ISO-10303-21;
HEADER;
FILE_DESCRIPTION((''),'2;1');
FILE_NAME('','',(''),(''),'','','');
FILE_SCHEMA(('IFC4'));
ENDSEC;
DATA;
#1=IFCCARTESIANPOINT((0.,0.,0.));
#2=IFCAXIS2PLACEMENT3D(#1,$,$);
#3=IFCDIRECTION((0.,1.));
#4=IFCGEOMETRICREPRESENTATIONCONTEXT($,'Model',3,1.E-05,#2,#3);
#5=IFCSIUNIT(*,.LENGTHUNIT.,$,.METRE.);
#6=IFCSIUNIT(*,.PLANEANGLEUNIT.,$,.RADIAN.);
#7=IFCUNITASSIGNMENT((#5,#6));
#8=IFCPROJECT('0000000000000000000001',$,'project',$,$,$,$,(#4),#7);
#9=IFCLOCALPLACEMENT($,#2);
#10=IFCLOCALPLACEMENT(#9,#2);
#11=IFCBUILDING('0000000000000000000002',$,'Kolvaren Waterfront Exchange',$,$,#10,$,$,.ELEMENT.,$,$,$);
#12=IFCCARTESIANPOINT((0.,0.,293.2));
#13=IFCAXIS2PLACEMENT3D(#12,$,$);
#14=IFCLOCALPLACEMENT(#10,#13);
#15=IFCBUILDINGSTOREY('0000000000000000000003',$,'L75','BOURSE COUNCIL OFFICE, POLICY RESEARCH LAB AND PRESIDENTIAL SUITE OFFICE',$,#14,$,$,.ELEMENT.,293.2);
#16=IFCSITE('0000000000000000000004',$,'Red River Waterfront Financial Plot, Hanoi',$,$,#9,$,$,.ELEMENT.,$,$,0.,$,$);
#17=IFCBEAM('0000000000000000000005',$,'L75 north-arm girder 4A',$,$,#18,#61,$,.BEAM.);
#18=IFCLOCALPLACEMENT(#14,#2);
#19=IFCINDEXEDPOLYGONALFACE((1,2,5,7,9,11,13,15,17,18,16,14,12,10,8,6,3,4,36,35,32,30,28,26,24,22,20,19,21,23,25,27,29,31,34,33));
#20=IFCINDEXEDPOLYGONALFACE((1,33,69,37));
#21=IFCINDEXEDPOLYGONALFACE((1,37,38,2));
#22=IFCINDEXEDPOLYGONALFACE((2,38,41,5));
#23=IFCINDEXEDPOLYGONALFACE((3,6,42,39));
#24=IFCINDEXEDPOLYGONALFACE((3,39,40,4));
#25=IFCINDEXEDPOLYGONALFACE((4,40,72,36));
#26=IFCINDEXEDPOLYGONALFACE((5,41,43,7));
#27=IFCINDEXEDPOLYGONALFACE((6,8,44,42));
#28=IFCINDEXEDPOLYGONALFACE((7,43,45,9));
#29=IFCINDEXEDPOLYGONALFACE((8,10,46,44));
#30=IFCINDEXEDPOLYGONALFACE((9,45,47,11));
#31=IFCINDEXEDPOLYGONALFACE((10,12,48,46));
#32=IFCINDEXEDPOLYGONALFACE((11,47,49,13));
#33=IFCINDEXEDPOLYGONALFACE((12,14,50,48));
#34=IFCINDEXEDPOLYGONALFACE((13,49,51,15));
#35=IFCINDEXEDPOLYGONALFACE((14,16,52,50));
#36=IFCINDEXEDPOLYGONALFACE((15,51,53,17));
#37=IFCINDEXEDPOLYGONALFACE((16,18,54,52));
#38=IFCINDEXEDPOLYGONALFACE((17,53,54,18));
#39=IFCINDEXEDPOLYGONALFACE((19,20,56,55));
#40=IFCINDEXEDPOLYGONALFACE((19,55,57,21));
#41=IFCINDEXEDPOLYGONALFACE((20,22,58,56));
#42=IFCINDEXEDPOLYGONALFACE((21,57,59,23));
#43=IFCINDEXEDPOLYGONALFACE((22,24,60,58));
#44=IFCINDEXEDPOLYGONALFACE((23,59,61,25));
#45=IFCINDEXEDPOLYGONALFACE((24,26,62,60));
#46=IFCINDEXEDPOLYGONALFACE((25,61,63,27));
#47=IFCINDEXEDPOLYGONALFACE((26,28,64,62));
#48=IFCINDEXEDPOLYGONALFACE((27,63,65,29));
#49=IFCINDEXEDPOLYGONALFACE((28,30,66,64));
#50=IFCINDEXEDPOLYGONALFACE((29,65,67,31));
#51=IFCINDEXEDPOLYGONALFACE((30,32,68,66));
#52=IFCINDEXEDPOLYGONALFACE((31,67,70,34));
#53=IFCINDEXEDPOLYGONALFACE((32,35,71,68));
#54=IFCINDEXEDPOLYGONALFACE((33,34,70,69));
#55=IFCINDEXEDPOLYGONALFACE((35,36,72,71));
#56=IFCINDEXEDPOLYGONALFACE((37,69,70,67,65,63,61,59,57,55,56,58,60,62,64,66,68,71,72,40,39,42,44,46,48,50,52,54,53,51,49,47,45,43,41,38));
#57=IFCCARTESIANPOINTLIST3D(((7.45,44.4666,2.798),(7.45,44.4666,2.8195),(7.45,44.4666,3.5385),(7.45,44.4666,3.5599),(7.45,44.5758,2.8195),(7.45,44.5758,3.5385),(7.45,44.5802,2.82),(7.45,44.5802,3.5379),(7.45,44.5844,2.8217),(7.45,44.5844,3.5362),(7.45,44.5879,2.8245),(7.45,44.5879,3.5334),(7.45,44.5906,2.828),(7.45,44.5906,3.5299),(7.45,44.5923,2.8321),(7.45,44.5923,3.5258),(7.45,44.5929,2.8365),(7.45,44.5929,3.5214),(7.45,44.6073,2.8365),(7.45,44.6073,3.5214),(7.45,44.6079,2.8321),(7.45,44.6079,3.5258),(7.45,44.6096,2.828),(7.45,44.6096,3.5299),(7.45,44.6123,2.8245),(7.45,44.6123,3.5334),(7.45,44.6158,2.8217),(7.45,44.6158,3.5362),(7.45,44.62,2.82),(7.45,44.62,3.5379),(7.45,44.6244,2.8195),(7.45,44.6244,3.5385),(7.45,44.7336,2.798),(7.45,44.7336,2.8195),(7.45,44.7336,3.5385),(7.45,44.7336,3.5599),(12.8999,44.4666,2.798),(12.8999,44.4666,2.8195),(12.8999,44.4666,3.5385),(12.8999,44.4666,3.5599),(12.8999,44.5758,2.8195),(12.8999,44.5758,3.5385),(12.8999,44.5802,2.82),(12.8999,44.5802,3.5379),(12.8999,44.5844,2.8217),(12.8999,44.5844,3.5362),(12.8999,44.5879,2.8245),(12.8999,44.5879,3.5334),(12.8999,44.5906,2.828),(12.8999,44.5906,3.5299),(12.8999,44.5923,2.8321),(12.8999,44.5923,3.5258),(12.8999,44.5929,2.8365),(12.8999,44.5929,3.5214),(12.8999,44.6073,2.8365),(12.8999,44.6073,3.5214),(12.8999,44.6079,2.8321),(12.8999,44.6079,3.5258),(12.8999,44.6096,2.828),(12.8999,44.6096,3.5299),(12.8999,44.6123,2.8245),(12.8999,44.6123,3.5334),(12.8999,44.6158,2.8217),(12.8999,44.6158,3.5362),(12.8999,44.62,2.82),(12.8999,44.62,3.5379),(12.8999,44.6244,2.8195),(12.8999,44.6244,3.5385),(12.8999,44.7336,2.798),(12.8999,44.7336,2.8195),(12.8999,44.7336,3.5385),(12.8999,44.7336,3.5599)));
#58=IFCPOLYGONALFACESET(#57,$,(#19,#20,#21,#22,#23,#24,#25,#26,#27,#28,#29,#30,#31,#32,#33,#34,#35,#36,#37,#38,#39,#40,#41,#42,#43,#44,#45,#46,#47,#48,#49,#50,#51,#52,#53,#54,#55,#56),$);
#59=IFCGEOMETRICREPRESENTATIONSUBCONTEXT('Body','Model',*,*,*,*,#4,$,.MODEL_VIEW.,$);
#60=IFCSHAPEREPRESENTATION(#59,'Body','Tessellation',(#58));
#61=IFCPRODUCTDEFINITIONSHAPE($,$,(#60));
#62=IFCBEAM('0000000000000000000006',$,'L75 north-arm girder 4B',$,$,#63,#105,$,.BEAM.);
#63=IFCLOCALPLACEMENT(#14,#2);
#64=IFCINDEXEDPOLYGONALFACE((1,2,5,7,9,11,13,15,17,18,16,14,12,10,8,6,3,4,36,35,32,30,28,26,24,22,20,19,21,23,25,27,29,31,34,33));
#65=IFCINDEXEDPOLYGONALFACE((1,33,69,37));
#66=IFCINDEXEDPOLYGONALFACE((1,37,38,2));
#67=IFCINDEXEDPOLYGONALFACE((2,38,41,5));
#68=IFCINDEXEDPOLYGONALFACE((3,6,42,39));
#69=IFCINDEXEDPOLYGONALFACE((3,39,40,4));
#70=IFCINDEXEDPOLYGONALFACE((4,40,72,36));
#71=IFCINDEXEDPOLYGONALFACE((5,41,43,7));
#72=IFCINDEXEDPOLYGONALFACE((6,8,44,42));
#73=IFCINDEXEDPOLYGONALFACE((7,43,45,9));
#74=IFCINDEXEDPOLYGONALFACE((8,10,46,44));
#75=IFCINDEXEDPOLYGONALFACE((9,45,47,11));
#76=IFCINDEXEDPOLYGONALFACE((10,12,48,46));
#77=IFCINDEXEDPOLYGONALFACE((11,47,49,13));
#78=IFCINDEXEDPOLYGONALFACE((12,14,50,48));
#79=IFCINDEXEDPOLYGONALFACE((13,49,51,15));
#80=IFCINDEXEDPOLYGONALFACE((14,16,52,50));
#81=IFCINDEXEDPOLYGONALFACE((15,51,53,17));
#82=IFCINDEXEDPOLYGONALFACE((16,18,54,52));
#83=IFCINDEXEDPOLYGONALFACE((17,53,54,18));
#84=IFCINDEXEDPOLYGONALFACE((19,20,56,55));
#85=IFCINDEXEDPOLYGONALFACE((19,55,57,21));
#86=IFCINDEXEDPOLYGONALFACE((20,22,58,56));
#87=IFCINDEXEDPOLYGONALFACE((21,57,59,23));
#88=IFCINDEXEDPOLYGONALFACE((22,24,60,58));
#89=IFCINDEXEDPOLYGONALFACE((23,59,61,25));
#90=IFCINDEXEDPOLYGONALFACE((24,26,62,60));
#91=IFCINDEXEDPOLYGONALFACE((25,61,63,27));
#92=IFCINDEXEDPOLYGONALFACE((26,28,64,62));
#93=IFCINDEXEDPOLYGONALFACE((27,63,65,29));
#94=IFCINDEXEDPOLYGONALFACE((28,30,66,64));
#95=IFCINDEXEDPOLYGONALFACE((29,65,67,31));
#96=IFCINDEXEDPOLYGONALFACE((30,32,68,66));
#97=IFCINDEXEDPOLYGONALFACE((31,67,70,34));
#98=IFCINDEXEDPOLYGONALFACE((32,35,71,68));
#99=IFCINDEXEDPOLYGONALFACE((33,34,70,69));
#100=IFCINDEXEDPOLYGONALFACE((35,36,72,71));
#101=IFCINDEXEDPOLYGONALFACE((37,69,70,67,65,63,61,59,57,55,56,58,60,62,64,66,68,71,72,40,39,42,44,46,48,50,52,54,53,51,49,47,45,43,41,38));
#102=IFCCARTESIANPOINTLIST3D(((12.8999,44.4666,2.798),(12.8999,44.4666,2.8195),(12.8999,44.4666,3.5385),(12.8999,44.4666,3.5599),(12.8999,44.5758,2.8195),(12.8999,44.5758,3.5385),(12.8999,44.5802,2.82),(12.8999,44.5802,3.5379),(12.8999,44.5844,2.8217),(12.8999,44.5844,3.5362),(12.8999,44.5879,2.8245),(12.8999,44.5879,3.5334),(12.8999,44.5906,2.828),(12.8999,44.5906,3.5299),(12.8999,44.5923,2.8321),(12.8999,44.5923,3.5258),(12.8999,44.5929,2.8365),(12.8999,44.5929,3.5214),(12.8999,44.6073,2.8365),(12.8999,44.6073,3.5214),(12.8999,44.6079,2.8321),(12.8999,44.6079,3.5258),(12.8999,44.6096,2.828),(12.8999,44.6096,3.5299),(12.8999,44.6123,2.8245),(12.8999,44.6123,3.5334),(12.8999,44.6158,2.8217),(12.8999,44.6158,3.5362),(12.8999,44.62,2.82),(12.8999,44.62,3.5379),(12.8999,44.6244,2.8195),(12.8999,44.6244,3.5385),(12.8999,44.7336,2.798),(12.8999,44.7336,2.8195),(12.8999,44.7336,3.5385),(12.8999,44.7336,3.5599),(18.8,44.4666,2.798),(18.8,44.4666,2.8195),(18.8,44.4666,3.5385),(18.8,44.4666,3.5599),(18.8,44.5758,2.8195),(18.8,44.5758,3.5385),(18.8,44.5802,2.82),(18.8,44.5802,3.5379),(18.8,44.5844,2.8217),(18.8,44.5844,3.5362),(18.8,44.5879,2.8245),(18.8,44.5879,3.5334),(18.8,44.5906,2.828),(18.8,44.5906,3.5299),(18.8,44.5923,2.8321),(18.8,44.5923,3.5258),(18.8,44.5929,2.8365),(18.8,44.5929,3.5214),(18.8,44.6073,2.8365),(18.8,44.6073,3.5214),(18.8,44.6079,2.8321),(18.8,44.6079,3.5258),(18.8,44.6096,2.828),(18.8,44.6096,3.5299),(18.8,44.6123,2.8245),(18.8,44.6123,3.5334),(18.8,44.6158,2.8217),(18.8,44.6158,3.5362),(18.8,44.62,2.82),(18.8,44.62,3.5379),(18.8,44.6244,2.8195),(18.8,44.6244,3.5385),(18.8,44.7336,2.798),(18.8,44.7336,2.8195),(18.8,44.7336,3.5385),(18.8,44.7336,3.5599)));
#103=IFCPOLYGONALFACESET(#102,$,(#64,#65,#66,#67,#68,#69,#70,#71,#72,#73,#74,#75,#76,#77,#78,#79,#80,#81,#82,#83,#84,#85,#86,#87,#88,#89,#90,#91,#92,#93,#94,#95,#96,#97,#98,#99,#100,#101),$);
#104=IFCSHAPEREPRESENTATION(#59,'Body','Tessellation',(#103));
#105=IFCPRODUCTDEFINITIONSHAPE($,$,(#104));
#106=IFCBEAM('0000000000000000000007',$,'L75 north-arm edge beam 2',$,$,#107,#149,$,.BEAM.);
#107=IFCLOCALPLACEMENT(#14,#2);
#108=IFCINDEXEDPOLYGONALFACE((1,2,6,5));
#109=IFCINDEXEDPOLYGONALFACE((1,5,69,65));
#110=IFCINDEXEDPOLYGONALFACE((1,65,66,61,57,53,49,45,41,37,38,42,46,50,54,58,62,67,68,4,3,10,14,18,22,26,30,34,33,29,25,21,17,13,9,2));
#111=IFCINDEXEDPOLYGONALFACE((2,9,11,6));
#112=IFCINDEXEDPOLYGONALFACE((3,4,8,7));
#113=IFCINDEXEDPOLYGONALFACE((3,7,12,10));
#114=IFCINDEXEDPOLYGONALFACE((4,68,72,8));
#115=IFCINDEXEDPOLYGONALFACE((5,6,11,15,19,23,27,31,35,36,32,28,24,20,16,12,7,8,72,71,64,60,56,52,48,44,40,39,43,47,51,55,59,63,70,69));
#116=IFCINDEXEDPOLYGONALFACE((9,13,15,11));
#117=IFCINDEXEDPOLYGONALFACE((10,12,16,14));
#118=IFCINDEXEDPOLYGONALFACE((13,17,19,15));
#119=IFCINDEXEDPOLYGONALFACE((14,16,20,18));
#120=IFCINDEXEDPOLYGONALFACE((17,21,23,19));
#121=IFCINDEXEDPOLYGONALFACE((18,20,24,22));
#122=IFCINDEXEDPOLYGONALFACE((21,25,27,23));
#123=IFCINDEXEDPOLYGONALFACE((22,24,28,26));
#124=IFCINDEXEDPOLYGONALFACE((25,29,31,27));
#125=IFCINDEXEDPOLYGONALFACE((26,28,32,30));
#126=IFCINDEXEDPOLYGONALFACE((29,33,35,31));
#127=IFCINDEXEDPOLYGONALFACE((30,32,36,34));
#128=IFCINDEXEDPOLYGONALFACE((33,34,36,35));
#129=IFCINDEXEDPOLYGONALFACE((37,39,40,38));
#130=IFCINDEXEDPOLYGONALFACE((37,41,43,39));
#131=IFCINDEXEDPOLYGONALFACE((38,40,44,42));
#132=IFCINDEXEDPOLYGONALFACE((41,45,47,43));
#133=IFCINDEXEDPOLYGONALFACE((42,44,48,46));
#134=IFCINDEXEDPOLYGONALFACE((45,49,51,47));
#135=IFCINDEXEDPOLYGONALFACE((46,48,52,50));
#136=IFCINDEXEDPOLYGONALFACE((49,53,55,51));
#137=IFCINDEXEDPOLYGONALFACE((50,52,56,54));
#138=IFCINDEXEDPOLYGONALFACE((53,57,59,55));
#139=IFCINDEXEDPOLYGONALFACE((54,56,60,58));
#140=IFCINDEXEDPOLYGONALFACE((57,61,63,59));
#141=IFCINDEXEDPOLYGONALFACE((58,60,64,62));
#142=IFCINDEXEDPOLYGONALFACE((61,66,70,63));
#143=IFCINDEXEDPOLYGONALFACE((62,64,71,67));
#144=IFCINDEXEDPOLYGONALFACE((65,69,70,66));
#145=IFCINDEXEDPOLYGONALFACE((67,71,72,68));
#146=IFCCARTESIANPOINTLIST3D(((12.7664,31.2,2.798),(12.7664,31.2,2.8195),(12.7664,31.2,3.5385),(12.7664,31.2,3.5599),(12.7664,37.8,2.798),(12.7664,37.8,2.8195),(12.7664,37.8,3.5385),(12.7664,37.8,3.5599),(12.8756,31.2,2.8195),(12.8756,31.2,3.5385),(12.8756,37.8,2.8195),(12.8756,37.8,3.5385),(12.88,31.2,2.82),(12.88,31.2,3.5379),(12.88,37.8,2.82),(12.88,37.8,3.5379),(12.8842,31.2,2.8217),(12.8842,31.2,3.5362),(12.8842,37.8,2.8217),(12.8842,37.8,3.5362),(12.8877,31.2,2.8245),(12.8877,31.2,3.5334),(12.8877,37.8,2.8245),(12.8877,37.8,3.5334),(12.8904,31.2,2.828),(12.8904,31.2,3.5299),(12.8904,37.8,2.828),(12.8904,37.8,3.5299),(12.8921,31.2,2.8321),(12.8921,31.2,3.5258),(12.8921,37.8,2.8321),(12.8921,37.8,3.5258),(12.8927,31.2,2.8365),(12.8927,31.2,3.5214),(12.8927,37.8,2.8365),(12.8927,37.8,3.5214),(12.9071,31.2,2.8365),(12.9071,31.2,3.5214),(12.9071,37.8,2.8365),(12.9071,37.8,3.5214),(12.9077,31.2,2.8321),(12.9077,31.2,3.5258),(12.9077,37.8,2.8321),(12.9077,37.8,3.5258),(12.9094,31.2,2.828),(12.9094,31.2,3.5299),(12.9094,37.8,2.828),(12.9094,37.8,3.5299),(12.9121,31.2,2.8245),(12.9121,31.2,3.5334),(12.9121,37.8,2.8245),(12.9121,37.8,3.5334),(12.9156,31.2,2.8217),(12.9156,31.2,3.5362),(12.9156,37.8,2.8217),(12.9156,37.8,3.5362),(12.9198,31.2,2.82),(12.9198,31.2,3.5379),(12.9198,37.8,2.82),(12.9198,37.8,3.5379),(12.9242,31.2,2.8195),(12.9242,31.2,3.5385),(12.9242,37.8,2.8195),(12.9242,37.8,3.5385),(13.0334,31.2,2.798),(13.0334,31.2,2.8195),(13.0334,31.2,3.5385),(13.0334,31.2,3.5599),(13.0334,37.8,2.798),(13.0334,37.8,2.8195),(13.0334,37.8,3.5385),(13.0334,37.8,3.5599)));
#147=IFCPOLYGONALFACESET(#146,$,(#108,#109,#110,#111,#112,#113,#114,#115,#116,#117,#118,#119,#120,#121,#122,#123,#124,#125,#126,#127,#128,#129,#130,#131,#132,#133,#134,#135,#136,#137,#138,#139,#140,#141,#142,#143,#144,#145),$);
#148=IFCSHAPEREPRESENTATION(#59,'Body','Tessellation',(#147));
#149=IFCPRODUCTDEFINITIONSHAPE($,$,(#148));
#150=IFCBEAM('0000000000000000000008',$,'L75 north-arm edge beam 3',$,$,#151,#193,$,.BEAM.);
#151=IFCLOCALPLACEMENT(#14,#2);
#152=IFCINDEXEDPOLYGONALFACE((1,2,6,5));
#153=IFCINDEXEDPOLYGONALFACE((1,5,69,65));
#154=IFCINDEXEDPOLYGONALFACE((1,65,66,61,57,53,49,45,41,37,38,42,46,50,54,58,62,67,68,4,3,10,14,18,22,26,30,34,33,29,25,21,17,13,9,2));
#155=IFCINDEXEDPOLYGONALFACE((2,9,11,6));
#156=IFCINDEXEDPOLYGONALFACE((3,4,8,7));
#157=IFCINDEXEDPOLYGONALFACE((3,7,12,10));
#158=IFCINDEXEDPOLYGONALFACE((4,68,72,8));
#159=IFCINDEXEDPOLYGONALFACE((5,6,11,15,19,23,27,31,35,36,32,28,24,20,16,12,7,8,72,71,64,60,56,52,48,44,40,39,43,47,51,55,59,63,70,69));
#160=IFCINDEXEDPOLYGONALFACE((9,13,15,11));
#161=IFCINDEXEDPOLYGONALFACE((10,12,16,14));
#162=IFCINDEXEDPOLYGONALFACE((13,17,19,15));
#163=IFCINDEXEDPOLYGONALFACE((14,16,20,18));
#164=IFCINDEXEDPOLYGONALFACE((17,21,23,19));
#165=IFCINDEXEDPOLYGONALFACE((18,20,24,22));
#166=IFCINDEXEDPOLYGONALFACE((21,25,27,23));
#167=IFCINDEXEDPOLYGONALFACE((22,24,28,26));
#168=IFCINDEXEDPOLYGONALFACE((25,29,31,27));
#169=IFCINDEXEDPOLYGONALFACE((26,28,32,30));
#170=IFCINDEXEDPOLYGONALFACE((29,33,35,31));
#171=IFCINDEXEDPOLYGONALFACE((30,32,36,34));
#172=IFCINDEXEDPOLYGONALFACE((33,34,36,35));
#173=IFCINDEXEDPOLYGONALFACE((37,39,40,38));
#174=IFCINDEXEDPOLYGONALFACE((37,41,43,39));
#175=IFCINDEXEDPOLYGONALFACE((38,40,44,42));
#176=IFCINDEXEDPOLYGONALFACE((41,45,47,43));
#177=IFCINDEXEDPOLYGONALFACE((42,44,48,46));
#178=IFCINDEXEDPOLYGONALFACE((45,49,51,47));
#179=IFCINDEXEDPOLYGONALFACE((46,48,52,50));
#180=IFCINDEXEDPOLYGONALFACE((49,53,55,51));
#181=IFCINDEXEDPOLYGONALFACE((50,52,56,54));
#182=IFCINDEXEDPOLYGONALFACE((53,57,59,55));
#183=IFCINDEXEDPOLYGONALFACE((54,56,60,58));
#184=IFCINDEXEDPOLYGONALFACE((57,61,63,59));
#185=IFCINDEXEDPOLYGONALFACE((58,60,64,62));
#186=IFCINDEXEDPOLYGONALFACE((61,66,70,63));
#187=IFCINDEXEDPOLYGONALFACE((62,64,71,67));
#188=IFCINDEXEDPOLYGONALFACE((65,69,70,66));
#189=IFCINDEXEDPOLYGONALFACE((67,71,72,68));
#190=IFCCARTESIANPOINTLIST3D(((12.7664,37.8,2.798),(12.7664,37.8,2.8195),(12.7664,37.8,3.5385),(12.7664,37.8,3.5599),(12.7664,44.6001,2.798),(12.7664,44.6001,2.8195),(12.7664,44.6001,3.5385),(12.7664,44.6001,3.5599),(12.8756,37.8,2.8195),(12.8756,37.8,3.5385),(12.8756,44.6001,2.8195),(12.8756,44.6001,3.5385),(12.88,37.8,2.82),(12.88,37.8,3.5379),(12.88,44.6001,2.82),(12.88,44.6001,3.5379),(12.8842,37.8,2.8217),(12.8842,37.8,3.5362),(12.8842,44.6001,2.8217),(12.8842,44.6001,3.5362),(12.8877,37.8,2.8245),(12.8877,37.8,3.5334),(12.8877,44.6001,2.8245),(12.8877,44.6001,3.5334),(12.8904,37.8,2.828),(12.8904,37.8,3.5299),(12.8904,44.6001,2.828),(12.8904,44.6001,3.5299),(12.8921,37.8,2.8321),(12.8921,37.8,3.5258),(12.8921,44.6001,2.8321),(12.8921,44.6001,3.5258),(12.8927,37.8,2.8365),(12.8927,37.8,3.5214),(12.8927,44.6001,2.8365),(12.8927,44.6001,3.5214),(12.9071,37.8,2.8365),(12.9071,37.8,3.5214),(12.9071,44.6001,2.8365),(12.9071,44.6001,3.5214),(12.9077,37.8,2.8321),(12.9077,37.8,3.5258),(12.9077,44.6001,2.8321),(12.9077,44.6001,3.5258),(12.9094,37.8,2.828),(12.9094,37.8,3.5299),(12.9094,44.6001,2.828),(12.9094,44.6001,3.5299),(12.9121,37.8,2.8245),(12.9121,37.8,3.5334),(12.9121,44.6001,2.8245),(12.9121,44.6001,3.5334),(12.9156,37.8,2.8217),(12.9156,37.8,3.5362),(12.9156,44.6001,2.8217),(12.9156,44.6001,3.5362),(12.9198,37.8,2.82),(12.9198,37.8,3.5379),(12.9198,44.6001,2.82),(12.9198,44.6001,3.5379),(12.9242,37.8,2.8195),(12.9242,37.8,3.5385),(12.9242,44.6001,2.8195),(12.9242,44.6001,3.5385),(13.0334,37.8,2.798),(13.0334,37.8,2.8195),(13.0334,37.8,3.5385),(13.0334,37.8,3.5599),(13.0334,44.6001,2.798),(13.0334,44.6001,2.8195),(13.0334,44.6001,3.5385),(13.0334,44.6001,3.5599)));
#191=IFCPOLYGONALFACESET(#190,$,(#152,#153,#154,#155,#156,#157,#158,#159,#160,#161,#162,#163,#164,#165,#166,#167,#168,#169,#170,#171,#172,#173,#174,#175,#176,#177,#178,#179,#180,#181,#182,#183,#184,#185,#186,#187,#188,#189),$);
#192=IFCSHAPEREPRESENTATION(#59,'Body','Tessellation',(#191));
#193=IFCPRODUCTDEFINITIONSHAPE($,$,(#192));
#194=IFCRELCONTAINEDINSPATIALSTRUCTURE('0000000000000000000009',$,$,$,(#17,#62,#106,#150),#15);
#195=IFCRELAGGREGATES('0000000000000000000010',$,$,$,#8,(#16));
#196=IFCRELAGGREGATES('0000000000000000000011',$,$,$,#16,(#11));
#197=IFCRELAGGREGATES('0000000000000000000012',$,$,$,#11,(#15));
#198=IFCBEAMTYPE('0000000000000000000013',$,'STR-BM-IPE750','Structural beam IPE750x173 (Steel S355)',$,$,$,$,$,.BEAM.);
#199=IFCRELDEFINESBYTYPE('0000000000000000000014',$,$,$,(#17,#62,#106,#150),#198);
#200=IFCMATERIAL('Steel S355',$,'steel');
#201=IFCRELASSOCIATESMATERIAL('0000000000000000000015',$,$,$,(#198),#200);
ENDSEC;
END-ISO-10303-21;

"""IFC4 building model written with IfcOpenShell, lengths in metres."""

from ifc_helpers import new_model, si_unit, direction, frame, origin, origin_2d, place, context, subcontext, project, spatial, i_section, extrude, material, material_profile, profile_set, type_object, element, save


model = new_model("IFC4")

# Units and contexts
model_context = context("Model", 3, precision=1e-05, world=origin(), true_north=direction((0.0, 1.0)))
body_context = subcontext(model_context, "Body", "Model", "MODEL_VIEW")
ifc_project = project(units=[si_unit("LENGTHUNIT", "METRE"), si_unit("PLANEANGLEUNIT", "RADIAN")], contexts=[model_context])

# Site, building, storey
site_placement = place(None, origin())
site = spatial("IfcSite", under=ifc_project, at=site_placement, Name="Red River Waterfront Financial Plot, Hanoi", CompositionType="ELEMENT", RefElevation=0.0)
building_placement = place(site_placement, origin())
building = spatial("IfcBuilding", under=site, at=building_placement, Name="Kolvaren Waterfront Exchange", CompositionType="ELEMENT")
storey_placement = place(building_placement, frame((0.0, 0.0, 293.2)))
storey = spatial("IfcBuildingStorey", under=building, at=storey_placement, Name="L75", Description="BOURSE COUNCIL OFFICE, POLICY RESEARCH LAB AND PRESIDENTIAL SUITE OFFICE", CompositionType="ELEMENT", Elevation=293.2)

# Beams
ifc_material_1 = material(Name="Steel S355", Category="steel")
ifc_material_profile_1 = material_profile(ifc_material_1, i_section(OverallWidth=0.2671, OverallDepth=0.762, WebThickness=0.0144, FlangeThickness=0.0215, FilletRadius=0.0171, at=origin_2d()), Name="IPE750x173")
ifc_profile_set_1 = profile_set([ifc_material_profile_1], Name="Steel S355")
beam_type_1 = type_object("IfcBeamType", Name="STR-BM-IPE750", Description="Structural beam IPE750x173 (Steel S355)", PredefinedType="BEAM", material=ifc_profile_set_1)
beam_1_placement = place(storey_placement, frame((7.45, 44.6001, 3.179), z_axis=(1.0, 0.0, 0.0), x_axis=(0.0, 1.0, 0.0)))
element("IfcBeam", 1, at=beam_1_placement, inside=storey, type_object=beam_type_1, Name="L75 north-arm girder 4A", PredefinedType="BEAM", context=body_context, shape_type="SweptSolid", body=[
    extrude(i_section(OverallWidth=0.2671, OverallDepth=0.762, WebThickness=0.0144, FlangeThickness=0.0215, FilletRadius=0.0171, at=origin_2d()), origin(), (0.0, 0.0, 1.0), 5.45),
])
beam_2_placement = place(storey_placement, frame((12.8999, 44.6001, 3.179), z_axis=(1.0, 0.0, 0.0), x_axis=(0.0, 1.0, 0.0)))
element("IfcBeam", 2, at=beam_2_placement, inside=storey, type_object=beam_type_1, Name="L75 north-arm girder 4B", PredefinedType="BEAM", context=body_context, shape_type="SweptSolid", body=[
    extrude(i_section(OverallWidth=0.2671, OverallDepth=0.762, WebThickness=0.0144, FlangeThickness=0.0215, FilletRadius=0.0171, at=origin_2d()), origin(), (0.0, 0.0, 1.0), 5.9001),
])
beam_3_placement = place(storey_placement, frame((12.8999, 31.2, 3.179), z_axis=(0.0, 1.0, 0.0), x_axis=(-1.0, 0.0, 0.0)))
element("IfcBeam", 3, at=beam_3_placement, inside=storey, type_object=beam_type_1, Name="L75 north-arm edge beam 2", PredefinedType="BEAM", context=body_context, shape_type="SweptSolid", body=[
    extrude(i_section(OverallWidth=0.2671, OverallDepth=0.762, WebThickness=0.0144, FlangeThickness=0.0215, FilletRadius=0.0171, at=origin_2d()), origin(), (0.0, 0.0, 1.0), 6.6001),
])
beam_4_placement = place(storey_placement, frame((12.8999, 37.8, 3.179), z_axis=(0.0, 1.0, 0.0), x_axis=(-1.0, 0.0, 0.0)))
element("IfcBeam", 4, at=beam_4_placement, inside=storey, type_object=beam_type_1, Name="L75 north-arm edge beam 3", PredefinedType="BEAM", context=body_context, shape_type="SweptSolid", body=[
    extrude(i_section(OverallWidth=0.2671, OverallDepth=0.762, WebThickness=0.0144, FlangeThickness=0.0215, FilletRadius=0.0171, at=origin_2d()), origin(), (0.0, 0.0, 1.0), 6.8),
])

save(model, "model.ifc")
